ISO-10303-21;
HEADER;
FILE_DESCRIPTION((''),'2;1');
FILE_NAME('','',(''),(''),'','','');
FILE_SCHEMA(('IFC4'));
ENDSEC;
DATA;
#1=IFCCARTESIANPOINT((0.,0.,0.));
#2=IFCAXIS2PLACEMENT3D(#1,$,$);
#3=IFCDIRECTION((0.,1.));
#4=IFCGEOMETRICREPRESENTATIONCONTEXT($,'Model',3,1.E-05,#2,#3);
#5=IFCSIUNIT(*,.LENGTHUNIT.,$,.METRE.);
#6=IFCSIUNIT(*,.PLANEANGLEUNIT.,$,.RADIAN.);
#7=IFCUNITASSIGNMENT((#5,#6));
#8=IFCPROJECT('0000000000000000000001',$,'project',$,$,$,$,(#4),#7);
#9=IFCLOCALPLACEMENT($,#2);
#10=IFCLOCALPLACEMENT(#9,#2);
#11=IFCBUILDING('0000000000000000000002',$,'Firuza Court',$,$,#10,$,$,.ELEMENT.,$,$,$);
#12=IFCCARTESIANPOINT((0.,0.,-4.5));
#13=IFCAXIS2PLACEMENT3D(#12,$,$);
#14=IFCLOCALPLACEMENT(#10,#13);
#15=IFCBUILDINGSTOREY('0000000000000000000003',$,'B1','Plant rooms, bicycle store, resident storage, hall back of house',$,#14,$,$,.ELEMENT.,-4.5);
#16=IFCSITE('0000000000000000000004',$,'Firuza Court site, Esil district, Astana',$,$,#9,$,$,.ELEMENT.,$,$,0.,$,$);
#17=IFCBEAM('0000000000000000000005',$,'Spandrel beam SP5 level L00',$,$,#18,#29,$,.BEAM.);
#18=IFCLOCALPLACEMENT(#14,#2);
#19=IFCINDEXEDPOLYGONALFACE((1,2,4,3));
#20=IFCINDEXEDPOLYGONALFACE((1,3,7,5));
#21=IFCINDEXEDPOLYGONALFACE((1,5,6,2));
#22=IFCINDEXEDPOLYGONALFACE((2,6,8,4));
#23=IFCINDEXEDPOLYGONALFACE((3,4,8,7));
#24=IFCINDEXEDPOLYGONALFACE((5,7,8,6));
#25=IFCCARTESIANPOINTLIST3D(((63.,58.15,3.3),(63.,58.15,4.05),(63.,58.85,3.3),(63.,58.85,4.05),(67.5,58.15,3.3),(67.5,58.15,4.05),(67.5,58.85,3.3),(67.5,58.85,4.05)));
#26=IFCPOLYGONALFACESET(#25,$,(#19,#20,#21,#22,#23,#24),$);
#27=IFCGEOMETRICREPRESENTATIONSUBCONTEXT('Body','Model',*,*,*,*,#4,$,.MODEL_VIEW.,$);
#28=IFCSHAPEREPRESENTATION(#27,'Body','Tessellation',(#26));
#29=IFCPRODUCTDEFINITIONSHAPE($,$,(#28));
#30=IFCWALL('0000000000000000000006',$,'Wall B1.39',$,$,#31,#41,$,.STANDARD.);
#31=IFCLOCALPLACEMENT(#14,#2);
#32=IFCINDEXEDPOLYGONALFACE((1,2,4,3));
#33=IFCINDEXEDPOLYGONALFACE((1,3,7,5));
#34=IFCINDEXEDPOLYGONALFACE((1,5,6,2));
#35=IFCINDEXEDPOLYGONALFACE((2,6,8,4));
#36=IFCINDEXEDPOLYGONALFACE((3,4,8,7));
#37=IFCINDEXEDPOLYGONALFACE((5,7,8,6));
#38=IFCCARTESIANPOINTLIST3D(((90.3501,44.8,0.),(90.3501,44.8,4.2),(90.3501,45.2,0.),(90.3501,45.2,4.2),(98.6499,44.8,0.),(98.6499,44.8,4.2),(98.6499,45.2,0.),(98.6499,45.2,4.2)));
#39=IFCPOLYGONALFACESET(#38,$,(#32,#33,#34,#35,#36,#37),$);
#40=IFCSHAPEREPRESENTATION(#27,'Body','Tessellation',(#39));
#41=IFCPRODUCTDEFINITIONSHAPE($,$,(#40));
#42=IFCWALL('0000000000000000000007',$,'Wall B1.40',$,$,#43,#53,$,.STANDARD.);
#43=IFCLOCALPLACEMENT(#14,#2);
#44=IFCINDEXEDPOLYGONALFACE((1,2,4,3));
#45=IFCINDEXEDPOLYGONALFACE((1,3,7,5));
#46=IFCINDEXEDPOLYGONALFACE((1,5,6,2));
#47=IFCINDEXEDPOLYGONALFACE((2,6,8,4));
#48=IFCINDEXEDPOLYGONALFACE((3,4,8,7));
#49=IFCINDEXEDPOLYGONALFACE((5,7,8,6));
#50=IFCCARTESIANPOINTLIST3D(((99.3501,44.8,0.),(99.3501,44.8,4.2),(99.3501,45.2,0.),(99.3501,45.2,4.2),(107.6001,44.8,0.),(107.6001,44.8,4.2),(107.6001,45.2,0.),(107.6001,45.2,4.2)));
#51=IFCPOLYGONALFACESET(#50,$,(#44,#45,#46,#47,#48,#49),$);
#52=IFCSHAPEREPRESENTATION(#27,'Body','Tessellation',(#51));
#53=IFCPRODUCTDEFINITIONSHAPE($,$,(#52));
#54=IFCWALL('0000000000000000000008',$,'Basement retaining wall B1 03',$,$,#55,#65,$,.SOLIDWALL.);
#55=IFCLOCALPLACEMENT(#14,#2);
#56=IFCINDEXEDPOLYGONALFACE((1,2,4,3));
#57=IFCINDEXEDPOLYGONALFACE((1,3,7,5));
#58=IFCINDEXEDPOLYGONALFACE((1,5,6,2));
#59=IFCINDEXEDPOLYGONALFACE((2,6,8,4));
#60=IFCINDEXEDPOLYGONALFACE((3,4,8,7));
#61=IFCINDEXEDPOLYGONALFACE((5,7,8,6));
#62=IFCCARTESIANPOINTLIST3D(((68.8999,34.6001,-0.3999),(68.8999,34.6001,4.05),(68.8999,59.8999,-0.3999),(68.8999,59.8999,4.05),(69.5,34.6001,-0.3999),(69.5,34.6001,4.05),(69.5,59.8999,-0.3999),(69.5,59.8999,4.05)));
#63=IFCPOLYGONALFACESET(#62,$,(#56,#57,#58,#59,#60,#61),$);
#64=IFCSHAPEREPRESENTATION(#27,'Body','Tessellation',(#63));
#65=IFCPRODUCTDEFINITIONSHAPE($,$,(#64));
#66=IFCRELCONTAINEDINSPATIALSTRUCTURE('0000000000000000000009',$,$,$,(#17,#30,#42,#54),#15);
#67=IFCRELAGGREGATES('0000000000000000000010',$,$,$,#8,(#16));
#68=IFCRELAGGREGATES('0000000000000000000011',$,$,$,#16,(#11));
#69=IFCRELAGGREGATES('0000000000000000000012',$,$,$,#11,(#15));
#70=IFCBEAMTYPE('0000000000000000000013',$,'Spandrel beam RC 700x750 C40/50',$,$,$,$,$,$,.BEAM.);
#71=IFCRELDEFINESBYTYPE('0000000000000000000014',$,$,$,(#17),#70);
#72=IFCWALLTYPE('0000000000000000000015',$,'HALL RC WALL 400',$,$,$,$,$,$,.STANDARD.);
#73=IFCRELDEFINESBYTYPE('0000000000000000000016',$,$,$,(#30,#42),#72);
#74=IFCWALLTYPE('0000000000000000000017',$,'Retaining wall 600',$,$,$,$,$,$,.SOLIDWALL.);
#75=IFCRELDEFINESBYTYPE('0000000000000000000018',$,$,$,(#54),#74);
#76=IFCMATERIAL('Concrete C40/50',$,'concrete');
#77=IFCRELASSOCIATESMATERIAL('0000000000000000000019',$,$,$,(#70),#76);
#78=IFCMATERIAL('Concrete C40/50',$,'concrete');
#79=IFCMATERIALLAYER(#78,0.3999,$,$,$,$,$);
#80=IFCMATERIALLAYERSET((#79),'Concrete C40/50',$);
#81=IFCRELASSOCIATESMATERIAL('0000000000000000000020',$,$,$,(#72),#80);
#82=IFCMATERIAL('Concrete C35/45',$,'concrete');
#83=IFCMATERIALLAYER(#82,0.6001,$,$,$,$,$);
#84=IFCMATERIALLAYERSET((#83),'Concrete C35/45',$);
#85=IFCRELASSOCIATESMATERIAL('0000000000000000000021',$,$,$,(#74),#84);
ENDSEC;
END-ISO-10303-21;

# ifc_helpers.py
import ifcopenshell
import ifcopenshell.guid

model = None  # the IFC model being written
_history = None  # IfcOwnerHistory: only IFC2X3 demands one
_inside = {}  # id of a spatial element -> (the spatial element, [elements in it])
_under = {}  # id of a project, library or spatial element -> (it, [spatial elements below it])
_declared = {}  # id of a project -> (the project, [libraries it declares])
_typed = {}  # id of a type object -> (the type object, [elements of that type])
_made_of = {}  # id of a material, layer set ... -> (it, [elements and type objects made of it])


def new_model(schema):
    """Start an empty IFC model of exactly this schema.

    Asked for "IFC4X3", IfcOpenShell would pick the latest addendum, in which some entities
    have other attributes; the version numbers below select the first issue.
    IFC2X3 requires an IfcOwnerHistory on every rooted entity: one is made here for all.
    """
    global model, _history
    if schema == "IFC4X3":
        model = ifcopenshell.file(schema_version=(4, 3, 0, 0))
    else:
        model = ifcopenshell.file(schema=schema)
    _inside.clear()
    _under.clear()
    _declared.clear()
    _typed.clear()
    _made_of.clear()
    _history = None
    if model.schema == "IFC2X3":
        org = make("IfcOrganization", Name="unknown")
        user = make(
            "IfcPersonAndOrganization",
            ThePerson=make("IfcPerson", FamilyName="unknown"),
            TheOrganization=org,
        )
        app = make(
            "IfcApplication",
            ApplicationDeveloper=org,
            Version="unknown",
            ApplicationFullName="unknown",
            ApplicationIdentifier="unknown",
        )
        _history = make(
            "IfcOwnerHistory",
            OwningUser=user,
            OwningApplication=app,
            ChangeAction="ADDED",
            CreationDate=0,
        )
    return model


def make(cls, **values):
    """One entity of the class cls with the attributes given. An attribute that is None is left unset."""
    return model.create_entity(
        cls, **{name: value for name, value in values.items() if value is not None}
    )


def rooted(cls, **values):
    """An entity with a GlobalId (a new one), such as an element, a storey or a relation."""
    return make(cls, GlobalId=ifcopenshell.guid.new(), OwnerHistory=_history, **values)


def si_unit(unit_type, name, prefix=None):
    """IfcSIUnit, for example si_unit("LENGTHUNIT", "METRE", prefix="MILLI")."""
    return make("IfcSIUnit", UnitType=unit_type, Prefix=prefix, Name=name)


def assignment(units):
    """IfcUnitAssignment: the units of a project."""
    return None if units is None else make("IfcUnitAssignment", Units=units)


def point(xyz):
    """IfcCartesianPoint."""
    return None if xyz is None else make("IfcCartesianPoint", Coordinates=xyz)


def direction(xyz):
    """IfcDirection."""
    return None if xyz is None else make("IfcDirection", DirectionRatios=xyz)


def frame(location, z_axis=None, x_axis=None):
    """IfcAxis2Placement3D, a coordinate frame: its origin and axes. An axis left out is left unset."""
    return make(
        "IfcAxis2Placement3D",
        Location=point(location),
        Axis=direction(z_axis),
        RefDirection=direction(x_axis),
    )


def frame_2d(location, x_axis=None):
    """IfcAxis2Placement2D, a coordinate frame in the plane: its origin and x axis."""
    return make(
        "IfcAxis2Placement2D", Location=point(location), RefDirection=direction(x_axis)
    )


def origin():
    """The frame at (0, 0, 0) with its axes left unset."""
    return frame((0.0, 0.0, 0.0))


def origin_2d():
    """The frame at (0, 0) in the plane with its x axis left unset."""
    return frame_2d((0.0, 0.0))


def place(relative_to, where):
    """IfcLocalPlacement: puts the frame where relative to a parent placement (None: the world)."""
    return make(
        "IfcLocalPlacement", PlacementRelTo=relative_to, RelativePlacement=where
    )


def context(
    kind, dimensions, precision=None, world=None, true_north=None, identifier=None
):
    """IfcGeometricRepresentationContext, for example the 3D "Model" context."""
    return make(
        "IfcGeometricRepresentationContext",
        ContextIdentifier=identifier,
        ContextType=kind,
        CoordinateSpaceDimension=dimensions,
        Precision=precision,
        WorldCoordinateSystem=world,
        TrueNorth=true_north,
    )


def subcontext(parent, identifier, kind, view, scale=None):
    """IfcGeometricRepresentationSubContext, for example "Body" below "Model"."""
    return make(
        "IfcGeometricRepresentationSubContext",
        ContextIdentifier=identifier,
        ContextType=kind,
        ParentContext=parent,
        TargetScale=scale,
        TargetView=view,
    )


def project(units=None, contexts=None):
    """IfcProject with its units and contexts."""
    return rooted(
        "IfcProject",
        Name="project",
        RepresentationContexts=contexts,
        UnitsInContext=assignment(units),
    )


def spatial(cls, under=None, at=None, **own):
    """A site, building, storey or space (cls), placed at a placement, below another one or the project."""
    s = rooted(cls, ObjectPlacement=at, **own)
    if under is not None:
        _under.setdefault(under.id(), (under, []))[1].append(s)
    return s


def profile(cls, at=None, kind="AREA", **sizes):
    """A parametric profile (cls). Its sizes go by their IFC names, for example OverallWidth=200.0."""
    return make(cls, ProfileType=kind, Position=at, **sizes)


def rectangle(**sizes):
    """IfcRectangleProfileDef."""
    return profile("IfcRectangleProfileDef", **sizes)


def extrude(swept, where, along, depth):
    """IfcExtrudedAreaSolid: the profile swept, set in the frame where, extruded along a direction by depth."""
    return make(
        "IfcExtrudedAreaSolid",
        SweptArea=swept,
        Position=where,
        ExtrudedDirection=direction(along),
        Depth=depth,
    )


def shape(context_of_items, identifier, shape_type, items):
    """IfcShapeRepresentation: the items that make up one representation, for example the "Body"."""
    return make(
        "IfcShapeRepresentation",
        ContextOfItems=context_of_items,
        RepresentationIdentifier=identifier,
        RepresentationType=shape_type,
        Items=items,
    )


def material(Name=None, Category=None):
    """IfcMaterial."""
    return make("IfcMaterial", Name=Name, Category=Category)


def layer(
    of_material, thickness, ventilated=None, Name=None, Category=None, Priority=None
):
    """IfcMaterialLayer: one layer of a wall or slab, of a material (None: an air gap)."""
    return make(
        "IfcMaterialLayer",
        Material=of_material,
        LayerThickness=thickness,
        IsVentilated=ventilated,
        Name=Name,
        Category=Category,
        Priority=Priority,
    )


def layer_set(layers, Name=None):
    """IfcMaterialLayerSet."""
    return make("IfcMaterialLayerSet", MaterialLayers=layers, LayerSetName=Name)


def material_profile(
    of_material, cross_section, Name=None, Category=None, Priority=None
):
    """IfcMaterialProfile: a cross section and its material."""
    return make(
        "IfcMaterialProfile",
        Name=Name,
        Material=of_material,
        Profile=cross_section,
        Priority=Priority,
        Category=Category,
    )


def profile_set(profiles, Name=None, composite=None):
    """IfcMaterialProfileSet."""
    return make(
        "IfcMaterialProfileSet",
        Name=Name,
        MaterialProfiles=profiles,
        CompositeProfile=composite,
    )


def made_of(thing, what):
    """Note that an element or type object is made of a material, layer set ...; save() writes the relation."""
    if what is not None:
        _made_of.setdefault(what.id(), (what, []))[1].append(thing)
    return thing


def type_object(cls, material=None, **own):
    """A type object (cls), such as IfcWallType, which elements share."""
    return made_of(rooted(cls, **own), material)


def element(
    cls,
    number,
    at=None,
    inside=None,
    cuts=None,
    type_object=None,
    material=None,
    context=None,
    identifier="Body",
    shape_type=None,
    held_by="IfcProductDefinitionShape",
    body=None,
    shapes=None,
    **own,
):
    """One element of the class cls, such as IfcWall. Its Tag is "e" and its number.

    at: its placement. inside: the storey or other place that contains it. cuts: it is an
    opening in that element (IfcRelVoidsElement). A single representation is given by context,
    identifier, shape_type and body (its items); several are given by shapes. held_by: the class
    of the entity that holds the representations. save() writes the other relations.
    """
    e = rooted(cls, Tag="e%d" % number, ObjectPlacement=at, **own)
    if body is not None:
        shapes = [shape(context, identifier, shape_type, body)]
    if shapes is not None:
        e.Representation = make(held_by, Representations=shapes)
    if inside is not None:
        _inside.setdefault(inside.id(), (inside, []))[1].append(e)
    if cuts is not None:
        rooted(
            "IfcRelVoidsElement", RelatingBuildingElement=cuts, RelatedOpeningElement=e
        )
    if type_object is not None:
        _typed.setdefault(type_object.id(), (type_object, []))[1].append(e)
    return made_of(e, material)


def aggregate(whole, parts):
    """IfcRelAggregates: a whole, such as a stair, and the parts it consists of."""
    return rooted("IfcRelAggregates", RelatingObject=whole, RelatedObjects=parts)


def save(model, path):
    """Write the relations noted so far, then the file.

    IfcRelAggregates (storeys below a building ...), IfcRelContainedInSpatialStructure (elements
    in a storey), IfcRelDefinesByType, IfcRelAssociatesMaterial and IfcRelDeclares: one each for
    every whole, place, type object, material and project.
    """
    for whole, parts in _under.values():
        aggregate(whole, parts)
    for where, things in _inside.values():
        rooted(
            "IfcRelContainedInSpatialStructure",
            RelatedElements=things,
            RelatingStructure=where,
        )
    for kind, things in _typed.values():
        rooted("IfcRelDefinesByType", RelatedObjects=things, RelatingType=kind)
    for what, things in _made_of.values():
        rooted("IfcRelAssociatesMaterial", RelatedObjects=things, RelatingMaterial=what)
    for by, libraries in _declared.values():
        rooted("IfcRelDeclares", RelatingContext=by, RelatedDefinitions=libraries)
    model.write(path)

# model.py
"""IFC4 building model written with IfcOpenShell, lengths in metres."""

from ifc_helpers import new_model, si_unit, direction, frame, frame_2d, origin, origin_2d, place, context, subcontext, project, spatial, rectangle, extrude, material, layer, layer_set, material_profile, profile_set, type_object, element, save


model = new_model("IFC4")

# Units and contexts
model_context = context("Model", 3, precision=1e-05, world=origin(), true_north=direction((0.0, 1.0)))
body_context = subcontext(model_context, "Body", "Model", "MODEL_VIEW")
ifc_project = project(units=[si_unit("LENGTHUNIT", "METRE"), si_unit("PLANEANGLEUNIT", "RADIAN")], contexts=[model_context])

# Site, building, storey
site_placement = place(None, origin())
site = spatial("IfcSite", under=ifc_project, at=site_placement, Name="Firuza Court site, Esil district, Astana", CompositionType="ELEMENT", RefElevation=0.0)
building_placement = place(site_placement, origin())
building = spatial("IfcBuilding", under=site, at=building_placement, Name="Firuza Court", CompositionType="ELEMENT")
storey_placement = place(building_placement, frame((0.0, 0.0, -4.5)))
storey = spatial("IfcBuildingStorey", under=building, at=storey_placement, Name="B1", Description="Plant rooms, bicycle store, resident storage, hall back of house", CompositionType="ELEMENT", Elevation=-4.5)

# Shared definitions
ifc_material_1 = material(Name="Concrete C40/50", Category="concrete")

# Beam
ifc_material_2 = material(Name="Concrete C40/50", Category="concrete")
ifc_material_profile_1 = material_profile(ifc_material_2, rectangle(XDim=0.7, YDim=0.75, at=origin_2d()), Name="RC 700x750")
ifc_profile_set_1 = profile_set([ifc_material_profile_1], Name="Concrete C40/50")
beam_type = type_object("IfcBeamType", Name="Spandrel beam RC 700x750 C40/50", PredefinedType="BEAM", material=ifc_profile_set_1)
beam_placement = place(storey_placement, frame((67.5, 58.5, 3.675), z_axis=(-1.0, 0.0, 0.0), x_axis=(0.0, -1.0, 0.0)))
element("IfcBeam", 1, at=beam_placement, inside=storey, type_object=beam_type, Name="Spandrel beam SP5 level L00", PredefinedType="BEAM", context=body_context, shape_type="SweptSolid", body=[
    extrude(rectangle(XDim=0.7, YDim=0.75, at=origin_2d()), origin(), (0.0, 0.0, 1.0), 4.5),
])

# Walls
ifc_layer_1 = layer(ifc_material_1, 0.3999)
ifc_layer_set_1 = layer_set([ifc_layer_1], Name="Concrete C40/50")
wall_type_1 = type_object("IfcWallType", Name="HALL RC WALL 400", PredefinedType="STANDARD", material=ifc_layer_set_1)
wall_1_placement = place(storey_placement, frame((90.3501, 45.0, 0.0), z_axis=(0.0, 0.0, 1.0), x_axis=(1.0, 0.0, 0.0)))
element("IfcWall", 2, at=wall_1_placement, inside=storey, type_object=wall_type_1, Name="Wall B1.39", PredefinedType="STANDARD", context=body_context, shape_type="SweptSolid", body=[
    extrude(rectangle(XDim=8.2998, YDim=0.3999, at=frame_2d((4.1499, 0.0))), origin(), (0.0, 0.0, 1.0), 4.2),
])
wall_2_placement = place(storey_placement, frame((99.3501, 45.0, 0.0), z_axis=(0.0, 0.0, 1.0), x_axis=(1.0, 0.0, 0.0)))
element("IfcWall", 3, at=wall_2_placement, inside=storey, type_object=wall_type_1, Name="Wall B1.40", PredefinedType="STANDARD", context=body_context, shape_type="SweptSolid", body=[
    extrude(rectangle(XDim=8.25, YDim=0.3999, at=frame_2d((4.125, 0.0))), origin(), (0.0, 0.0, 1.0), 4.2),
])
ifc_material_3 = material(Name="Concrete C35/45", Category="concrete")
ifc_layer_2 = layer(ifc_material_3, 0.6001)
ifc_layer_set_2 = layer_set([ifc_layer_2], Name="Concrete C35/45")
wall_type_2 = type_object("IfcWallType", Name="Retaining wall 600", PredefinedType="SOLIDWALL", material=ifc_layer_set_2)
wall_3_placement = place(storey_placement, frame((69.2, 59.8999, -0.3999), z_axis=(0.0, 0.0, 1.0), x_axis=(0.0, -1.0, 0.0)))
element("IfcWall", 4, at=wall_3_placement, inside=storey, type_object=wall_type_2, Name="Basement retaining wall B1 03", PredefinedType="SOLIDWALL", context=body_context, shape_type="SweptSolid", body=[
    extrude(rectangle(XDim=25.2998, YDim=0.6001, at=frame_2d((12.6499, 0.0))), origin(), (0.0, 0.0, 1.0), 4.45),
])

save(model, "model.ifc")
